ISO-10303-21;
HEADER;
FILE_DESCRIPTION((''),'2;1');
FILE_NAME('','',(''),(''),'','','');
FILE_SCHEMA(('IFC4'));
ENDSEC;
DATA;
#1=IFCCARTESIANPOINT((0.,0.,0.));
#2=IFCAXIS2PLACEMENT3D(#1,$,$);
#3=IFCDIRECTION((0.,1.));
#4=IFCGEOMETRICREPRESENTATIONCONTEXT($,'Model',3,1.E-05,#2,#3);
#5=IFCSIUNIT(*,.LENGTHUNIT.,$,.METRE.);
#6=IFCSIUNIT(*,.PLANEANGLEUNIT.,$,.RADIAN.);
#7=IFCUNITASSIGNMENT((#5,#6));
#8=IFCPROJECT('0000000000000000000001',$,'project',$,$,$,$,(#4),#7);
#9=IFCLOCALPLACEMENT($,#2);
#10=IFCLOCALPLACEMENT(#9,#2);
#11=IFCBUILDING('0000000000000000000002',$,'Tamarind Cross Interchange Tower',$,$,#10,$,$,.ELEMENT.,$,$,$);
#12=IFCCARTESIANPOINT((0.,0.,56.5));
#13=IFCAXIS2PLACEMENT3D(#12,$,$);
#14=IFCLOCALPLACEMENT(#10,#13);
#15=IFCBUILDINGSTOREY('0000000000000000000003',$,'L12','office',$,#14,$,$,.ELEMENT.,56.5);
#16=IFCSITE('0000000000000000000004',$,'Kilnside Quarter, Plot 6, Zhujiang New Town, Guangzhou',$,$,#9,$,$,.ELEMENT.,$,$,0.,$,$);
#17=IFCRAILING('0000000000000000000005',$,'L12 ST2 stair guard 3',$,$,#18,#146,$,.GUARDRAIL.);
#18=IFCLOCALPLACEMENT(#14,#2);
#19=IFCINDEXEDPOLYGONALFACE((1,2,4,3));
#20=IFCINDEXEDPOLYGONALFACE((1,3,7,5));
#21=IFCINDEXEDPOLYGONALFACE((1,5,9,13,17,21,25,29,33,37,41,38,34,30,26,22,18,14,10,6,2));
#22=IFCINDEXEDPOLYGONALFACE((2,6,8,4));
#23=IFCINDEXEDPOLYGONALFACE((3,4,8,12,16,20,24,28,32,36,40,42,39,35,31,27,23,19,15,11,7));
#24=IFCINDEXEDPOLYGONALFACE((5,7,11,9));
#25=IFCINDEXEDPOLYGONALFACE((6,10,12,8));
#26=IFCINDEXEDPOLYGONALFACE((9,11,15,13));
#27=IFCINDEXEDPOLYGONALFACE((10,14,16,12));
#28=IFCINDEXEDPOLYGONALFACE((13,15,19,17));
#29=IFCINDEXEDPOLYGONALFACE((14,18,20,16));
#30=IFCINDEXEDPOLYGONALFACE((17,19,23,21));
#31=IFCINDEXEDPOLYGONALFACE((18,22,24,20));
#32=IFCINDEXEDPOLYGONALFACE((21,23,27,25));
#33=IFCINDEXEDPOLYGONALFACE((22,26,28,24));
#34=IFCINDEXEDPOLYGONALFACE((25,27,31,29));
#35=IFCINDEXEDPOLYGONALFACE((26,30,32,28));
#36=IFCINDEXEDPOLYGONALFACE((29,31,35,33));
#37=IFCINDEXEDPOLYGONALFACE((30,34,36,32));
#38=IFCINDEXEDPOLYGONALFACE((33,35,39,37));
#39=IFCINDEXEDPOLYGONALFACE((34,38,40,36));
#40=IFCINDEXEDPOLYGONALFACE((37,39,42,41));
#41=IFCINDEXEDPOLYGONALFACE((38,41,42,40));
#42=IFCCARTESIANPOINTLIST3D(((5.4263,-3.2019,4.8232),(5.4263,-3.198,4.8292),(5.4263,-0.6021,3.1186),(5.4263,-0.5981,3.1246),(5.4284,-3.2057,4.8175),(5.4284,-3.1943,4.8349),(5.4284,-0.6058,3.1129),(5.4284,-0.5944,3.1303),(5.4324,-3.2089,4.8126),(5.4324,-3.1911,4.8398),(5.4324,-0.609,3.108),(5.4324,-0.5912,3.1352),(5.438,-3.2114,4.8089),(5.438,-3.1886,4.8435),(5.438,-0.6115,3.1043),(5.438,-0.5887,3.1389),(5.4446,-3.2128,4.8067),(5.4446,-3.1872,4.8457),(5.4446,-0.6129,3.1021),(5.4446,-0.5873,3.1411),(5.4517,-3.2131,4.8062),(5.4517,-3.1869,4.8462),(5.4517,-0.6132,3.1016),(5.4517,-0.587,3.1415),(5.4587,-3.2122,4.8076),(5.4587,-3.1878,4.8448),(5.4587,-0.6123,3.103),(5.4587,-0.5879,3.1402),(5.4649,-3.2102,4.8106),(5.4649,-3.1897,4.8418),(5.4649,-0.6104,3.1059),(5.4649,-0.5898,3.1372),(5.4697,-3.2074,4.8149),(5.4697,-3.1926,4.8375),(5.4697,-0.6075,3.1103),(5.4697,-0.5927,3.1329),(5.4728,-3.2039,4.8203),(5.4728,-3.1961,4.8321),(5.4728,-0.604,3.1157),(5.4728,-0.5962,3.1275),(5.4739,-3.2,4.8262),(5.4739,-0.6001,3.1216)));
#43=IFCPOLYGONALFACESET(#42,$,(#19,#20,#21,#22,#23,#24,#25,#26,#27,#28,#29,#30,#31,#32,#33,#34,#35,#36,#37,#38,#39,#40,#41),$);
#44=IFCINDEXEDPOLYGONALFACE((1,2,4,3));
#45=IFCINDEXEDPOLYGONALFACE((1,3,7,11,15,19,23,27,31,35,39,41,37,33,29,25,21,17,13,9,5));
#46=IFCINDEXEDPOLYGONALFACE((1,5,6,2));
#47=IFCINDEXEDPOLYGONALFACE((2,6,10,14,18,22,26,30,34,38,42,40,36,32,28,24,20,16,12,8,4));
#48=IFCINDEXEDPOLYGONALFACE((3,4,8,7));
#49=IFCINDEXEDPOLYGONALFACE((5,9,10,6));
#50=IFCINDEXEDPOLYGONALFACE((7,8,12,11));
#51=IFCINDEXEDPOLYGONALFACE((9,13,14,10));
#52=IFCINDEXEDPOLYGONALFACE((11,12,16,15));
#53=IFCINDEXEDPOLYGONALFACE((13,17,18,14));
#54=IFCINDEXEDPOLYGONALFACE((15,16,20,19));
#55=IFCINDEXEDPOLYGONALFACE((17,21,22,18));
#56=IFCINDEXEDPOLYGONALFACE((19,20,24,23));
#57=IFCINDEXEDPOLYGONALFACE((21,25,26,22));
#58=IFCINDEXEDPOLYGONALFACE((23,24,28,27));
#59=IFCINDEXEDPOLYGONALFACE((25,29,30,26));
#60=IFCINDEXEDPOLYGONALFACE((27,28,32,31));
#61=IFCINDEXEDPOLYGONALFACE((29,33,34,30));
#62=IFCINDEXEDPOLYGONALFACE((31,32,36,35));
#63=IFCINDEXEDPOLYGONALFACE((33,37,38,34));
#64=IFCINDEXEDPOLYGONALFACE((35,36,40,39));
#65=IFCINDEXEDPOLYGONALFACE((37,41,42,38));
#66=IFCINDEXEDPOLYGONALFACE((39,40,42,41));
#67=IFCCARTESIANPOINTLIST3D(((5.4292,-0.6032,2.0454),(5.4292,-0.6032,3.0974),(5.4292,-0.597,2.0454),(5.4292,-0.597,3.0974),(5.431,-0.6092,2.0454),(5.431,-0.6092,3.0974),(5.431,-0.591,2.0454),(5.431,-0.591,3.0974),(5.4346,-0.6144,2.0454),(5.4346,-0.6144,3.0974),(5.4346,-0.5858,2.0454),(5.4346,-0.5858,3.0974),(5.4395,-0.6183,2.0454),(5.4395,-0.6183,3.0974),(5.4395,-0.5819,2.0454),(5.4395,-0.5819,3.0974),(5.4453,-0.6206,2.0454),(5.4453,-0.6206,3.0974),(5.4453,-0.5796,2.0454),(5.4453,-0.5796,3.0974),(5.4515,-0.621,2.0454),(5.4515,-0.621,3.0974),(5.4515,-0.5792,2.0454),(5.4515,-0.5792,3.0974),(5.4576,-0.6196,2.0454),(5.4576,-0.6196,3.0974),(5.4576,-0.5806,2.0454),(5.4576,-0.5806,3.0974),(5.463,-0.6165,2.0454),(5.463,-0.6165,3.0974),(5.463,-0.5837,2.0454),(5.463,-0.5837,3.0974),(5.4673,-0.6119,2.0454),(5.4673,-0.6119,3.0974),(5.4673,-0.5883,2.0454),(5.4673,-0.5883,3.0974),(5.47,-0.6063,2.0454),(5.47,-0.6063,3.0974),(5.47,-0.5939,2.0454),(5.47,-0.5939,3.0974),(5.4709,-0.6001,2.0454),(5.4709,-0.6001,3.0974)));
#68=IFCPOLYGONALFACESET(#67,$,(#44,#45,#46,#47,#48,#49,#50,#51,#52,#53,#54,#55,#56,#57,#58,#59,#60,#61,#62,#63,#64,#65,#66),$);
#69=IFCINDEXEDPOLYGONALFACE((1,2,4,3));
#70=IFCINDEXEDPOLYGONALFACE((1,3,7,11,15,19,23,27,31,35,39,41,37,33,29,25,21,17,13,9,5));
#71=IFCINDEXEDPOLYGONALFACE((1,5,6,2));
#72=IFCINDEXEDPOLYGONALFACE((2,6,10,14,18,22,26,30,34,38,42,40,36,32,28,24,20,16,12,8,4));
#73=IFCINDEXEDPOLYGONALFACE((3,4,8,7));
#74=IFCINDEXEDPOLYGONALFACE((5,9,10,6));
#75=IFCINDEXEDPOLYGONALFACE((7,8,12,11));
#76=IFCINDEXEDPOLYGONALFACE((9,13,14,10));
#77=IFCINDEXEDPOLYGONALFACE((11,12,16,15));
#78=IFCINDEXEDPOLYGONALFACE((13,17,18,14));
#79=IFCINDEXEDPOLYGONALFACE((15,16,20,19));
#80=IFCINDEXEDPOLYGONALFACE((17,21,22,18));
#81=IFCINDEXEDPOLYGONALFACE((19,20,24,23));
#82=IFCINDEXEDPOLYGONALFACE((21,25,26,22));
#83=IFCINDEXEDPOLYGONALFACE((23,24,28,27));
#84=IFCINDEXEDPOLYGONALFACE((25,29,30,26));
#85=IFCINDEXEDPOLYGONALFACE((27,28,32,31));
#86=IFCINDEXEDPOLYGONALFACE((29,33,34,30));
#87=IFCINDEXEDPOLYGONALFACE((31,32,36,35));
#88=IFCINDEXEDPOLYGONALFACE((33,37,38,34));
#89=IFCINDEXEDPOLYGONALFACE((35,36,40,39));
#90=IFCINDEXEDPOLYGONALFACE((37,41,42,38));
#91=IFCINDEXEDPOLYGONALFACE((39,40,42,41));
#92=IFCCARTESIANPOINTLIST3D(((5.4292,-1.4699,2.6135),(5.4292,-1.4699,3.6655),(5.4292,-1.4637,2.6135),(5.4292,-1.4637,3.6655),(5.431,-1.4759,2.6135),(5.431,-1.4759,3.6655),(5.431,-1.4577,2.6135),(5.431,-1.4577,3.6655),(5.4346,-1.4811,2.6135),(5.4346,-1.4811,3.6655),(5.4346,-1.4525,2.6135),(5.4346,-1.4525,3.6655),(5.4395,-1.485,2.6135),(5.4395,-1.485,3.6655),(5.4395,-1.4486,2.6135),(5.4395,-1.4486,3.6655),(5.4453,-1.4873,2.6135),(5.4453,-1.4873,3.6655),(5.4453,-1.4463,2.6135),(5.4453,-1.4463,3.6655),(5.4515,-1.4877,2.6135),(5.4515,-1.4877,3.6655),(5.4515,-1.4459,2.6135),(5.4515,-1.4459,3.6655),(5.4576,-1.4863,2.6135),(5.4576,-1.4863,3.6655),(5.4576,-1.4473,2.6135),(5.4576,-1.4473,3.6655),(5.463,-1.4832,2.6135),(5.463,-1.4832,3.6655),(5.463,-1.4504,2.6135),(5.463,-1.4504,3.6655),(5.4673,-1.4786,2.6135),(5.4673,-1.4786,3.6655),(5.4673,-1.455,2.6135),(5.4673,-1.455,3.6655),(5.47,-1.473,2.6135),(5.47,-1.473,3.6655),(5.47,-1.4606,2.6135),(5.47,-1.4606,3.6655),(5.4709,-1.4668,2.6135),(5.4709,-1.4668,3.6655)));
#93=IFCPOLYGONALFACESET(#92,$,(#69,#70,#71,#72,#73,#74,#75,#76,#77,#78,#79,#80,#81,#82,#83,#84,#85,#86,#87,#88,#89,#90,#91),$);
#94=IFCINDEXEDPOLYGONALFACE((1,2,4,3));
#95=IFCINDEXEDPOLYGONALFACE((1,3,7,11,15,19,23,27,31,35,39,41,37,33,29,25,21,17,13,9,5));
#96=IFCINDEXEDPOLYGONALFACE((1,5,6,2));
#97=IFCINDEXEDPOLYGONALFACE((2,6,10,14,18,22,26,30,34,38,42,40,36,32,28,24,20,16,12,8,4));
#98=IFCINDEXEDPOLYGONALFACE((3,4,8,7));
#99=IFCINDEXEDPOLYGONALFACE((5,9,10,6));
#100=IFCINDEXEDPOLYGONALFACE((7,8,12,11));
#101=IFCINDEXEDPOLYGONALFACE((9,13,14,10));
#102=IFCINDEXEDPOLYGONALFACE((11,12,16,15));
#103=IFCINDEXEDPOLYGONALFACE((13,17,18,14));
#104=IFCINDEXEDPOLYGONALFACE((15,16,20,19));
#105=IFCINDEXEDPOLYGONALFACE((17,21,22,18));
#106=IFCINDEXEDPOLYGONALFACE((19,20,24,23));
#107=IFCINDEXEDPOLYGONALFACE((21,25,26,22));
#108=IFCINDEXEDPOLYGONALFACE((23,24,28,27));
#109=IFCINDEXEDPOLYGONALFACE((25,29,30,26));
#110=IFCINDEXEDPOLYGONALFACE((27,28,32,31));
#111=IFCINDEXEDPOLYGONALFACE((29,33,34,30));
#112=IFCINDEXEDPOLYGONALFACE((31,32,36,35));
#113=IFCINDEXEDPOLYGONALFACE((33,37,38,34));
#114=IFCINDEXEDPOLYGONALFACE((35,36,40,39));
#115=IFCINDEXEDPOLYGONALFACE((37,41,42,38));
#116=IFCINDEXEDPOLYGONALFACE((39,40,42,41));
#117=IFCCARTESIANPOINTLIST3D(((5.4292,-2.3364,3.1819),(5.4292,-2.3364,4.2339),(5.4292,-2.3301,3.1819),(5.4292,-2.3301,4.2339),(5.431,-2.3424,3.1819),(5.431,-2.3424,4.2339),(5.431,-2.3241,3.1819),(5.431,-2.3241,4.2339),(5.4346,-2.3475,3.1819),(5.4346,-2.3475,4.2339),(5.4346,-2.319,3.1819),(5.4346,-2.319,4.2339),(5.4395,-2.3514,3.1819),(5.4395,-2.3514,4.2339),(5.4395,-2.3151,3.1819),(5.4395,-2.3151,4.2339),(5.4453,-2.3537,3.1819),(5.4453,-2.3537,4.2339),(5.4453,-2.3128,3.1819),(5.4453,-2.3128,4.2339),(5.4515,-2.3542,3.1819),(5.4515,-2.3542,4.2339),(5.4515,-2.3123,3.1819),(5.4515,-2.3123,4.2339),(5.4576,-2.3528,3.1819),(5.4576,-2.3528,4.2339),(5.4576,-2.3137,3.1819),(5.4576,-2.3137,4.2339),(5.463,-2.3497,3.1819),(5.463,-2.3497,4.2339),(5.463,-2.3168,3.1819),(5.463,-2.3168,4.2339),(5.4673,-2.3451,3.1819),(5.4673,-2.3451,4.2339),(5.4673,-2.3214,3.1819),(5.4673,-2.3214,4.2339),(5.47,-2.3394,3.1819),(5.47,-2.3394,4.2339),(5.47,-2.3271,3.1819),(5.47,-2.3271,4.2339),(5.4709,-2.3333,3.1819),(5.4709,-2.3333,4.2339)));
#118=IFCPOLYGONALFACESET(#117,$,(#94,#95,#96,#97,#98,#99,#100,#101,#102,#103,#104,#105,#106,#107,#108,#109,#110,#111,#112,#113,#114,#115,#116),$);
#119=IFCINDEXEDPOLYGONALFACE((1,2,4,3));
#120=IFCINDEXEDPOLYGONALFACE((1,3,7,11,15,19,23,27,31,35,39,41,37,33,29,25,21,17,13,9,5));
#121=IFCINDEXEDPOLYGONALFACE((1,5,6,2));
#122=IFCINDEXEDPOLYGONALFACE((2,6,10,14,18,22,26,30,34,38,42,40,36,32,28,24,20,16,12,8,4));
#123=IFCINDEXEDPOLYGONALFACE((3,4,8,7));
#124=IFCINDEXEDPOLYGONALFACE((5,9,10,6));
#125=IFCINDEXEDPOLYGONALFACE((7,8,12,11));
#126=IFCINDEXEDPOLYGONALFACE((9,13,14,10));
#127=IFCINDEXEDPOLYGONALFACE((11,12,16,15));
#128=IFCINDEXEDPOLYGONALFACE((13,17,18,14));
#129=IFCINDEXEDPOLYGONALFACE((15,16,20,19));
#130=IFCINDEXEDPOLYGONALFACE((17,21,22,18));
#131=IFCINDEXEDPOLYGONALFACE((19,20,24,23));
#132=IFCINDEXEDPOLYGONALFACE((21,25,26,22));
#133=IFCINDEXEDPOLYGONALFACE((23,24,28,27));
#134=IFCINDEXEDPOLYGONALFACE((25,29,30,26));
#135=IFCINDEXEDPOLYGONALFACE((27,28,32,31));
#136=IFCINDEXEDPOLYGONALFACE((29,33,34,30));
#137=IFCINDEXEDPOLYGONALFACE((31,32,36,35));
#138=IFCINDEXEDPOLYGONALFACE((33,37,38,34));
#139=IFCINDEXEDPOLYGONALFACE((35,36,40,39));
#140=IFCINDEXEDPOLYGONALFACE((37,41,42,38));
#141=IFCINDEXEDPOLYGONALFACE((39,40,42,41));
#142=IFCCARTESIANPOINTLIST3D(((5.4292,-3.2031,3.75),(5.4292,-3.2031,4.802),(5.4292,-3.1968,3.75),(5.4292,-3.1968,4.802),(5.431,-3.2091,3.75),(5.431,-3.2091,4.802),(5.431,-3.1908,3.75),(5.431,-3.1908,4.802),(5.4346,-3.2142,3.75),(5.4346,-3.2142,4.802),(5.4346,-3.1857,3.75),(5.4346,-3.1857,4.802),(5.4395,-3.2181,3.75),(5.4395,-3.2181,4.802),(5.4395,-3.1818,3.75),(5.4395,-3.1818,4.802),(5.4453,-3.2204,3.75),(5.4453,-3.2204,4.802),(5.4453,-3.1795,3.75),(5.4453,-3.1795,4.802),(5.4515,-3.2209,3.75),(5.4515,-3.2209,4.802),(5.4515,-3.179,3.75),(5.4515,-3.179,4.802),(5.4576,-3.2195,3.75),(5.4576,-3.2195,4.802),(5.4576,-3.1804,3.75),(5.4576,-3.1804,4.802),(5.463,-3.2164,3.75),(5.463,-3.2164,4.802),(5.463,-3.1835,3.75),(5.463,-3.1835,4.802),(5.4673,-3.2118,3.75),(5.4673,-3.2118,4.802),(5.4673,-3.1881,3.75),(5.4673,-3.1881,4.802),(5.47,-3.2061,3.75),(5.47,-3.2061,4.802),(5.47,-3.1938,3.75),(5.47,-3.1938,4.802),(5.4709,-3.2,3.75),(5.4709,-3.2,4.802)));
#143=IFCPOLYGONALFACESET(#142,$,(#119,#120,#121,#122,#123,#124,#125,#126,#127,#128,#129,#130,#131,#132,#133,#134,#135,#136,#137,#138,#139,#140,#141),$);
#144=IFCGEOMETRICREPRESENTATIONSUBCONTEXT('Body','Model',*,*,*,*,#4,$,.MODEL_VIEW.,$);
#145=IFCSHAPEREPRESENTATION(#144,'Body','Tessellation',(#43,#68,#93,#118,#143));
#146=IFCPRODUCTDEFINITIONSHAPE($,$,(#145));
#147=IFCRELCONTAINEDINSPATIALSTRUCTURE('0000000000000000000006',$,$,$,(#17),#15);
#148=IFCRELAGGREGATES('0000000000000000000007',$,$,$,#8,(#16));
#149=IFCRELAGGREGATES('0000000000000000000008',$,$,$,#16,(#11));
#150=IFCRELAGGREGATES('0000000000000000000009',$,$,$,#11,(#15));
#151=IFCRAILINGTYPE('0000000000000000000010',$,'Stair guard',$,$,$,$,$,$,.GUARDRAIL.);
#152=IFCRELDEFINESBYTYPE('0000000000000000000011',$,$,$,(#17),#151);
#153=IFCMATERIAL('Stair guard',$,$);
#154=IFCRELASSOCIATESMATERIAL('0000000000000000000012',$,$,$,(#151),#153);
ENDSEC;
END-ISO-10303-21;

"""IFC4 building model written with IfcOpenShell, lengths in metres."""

from ifc_helpers import new_model, si_unit, direction, frame, origin, origin_2d, place, context, subcontext, project, spatial, circle, extrude, material, type_object, element, save


model = new_model("IFC4")

# Units and contexts
model_context = context("Model", 3, precision=1e-05, world=origin(), true_north=direction((0.0, 1.0)))
body_context = subcontext(model_context, "Body", "Model", "MODEL_VIEW")
ifc_project = project(units=[si_unit("LENGTHUNIT", "METRE"), si_unit("PLANEANGLEUNIT", "RADIAN")], contexts=[model_context])

# Site, building, storey
site_placement = place(None, origin())
site = spatial("IfcSite", under=ifc_project, at=site_placement, Name="Kilnside Quarter, Plot 6, Zhujiang New Town, Guangzhou", CompositionType="ELEMENT", RefElevation=0.0)
building_placement = place(site_placement, origin())
building = spatial("IfcBuilding", under=site, at=building_placement, Name="Tamarind Cross Interchange Tower", CompositionType="ELEMENT")
storey_placement = place(building_placement, frame((0.0, 0.0, 56.5)))
storey = spatial("IfcBuildingStorey", under=building, at=storey_placement, Name="L12", Description="office", CompositionType="ELEMENT", Elevation=56.5)

# Railing
ifc_material_1 = material(Name="Stair guard")
railing_type_1 = type_object("IfcRailingType", Name="Stair guard", PredefinedType="GUARDRAIL", material=ifc_material_1)
railing_1_placement = place(storey_placement, frame((5.45, -0.6001, 2.0454)))
element("IfcRailing", 1, at=railing_1_placement, inside=storey, type_object=railing_type_1, Name="L12 ST2 stair guard 3", PredefinedType="GUARDRAIL", context=body_context, shape_type="SweptSolid", body=[
    extrude(circle(Radius=0.0239, at=origin_2d()), frame((0.0, 0.0, 1.0762), z_axis=(0.0, -0.836279, 0.548305), x_axis=(1.0, 0.0, 0.0)), (0.0, 0.0, 1.0), 3.1089),
    extrude(circle(Radius=0.021, at=origin_2d()), origin(), (0.0, 0.0, 1.0), 1.052),
    extrude(circle(Radius=0.021, at=origin_2d()), frame((0.0, -0.8667, 0.5681)), (0.0, 0.0, 1.0), 1.052),
    extrude(circle(Radius=0.021, at=origin_2d()), frame((0.0, -1.7332, 1.1365)), (0.0, 0.0, 1.0), 1.052),
    extrude(circle(Radius=0.021, at=origin_2d()), frame((0.0, -2.5999, 1.7046)), (0.0, 0.0, 1.0), 1.052),
])

save(model, "model.ifc")
